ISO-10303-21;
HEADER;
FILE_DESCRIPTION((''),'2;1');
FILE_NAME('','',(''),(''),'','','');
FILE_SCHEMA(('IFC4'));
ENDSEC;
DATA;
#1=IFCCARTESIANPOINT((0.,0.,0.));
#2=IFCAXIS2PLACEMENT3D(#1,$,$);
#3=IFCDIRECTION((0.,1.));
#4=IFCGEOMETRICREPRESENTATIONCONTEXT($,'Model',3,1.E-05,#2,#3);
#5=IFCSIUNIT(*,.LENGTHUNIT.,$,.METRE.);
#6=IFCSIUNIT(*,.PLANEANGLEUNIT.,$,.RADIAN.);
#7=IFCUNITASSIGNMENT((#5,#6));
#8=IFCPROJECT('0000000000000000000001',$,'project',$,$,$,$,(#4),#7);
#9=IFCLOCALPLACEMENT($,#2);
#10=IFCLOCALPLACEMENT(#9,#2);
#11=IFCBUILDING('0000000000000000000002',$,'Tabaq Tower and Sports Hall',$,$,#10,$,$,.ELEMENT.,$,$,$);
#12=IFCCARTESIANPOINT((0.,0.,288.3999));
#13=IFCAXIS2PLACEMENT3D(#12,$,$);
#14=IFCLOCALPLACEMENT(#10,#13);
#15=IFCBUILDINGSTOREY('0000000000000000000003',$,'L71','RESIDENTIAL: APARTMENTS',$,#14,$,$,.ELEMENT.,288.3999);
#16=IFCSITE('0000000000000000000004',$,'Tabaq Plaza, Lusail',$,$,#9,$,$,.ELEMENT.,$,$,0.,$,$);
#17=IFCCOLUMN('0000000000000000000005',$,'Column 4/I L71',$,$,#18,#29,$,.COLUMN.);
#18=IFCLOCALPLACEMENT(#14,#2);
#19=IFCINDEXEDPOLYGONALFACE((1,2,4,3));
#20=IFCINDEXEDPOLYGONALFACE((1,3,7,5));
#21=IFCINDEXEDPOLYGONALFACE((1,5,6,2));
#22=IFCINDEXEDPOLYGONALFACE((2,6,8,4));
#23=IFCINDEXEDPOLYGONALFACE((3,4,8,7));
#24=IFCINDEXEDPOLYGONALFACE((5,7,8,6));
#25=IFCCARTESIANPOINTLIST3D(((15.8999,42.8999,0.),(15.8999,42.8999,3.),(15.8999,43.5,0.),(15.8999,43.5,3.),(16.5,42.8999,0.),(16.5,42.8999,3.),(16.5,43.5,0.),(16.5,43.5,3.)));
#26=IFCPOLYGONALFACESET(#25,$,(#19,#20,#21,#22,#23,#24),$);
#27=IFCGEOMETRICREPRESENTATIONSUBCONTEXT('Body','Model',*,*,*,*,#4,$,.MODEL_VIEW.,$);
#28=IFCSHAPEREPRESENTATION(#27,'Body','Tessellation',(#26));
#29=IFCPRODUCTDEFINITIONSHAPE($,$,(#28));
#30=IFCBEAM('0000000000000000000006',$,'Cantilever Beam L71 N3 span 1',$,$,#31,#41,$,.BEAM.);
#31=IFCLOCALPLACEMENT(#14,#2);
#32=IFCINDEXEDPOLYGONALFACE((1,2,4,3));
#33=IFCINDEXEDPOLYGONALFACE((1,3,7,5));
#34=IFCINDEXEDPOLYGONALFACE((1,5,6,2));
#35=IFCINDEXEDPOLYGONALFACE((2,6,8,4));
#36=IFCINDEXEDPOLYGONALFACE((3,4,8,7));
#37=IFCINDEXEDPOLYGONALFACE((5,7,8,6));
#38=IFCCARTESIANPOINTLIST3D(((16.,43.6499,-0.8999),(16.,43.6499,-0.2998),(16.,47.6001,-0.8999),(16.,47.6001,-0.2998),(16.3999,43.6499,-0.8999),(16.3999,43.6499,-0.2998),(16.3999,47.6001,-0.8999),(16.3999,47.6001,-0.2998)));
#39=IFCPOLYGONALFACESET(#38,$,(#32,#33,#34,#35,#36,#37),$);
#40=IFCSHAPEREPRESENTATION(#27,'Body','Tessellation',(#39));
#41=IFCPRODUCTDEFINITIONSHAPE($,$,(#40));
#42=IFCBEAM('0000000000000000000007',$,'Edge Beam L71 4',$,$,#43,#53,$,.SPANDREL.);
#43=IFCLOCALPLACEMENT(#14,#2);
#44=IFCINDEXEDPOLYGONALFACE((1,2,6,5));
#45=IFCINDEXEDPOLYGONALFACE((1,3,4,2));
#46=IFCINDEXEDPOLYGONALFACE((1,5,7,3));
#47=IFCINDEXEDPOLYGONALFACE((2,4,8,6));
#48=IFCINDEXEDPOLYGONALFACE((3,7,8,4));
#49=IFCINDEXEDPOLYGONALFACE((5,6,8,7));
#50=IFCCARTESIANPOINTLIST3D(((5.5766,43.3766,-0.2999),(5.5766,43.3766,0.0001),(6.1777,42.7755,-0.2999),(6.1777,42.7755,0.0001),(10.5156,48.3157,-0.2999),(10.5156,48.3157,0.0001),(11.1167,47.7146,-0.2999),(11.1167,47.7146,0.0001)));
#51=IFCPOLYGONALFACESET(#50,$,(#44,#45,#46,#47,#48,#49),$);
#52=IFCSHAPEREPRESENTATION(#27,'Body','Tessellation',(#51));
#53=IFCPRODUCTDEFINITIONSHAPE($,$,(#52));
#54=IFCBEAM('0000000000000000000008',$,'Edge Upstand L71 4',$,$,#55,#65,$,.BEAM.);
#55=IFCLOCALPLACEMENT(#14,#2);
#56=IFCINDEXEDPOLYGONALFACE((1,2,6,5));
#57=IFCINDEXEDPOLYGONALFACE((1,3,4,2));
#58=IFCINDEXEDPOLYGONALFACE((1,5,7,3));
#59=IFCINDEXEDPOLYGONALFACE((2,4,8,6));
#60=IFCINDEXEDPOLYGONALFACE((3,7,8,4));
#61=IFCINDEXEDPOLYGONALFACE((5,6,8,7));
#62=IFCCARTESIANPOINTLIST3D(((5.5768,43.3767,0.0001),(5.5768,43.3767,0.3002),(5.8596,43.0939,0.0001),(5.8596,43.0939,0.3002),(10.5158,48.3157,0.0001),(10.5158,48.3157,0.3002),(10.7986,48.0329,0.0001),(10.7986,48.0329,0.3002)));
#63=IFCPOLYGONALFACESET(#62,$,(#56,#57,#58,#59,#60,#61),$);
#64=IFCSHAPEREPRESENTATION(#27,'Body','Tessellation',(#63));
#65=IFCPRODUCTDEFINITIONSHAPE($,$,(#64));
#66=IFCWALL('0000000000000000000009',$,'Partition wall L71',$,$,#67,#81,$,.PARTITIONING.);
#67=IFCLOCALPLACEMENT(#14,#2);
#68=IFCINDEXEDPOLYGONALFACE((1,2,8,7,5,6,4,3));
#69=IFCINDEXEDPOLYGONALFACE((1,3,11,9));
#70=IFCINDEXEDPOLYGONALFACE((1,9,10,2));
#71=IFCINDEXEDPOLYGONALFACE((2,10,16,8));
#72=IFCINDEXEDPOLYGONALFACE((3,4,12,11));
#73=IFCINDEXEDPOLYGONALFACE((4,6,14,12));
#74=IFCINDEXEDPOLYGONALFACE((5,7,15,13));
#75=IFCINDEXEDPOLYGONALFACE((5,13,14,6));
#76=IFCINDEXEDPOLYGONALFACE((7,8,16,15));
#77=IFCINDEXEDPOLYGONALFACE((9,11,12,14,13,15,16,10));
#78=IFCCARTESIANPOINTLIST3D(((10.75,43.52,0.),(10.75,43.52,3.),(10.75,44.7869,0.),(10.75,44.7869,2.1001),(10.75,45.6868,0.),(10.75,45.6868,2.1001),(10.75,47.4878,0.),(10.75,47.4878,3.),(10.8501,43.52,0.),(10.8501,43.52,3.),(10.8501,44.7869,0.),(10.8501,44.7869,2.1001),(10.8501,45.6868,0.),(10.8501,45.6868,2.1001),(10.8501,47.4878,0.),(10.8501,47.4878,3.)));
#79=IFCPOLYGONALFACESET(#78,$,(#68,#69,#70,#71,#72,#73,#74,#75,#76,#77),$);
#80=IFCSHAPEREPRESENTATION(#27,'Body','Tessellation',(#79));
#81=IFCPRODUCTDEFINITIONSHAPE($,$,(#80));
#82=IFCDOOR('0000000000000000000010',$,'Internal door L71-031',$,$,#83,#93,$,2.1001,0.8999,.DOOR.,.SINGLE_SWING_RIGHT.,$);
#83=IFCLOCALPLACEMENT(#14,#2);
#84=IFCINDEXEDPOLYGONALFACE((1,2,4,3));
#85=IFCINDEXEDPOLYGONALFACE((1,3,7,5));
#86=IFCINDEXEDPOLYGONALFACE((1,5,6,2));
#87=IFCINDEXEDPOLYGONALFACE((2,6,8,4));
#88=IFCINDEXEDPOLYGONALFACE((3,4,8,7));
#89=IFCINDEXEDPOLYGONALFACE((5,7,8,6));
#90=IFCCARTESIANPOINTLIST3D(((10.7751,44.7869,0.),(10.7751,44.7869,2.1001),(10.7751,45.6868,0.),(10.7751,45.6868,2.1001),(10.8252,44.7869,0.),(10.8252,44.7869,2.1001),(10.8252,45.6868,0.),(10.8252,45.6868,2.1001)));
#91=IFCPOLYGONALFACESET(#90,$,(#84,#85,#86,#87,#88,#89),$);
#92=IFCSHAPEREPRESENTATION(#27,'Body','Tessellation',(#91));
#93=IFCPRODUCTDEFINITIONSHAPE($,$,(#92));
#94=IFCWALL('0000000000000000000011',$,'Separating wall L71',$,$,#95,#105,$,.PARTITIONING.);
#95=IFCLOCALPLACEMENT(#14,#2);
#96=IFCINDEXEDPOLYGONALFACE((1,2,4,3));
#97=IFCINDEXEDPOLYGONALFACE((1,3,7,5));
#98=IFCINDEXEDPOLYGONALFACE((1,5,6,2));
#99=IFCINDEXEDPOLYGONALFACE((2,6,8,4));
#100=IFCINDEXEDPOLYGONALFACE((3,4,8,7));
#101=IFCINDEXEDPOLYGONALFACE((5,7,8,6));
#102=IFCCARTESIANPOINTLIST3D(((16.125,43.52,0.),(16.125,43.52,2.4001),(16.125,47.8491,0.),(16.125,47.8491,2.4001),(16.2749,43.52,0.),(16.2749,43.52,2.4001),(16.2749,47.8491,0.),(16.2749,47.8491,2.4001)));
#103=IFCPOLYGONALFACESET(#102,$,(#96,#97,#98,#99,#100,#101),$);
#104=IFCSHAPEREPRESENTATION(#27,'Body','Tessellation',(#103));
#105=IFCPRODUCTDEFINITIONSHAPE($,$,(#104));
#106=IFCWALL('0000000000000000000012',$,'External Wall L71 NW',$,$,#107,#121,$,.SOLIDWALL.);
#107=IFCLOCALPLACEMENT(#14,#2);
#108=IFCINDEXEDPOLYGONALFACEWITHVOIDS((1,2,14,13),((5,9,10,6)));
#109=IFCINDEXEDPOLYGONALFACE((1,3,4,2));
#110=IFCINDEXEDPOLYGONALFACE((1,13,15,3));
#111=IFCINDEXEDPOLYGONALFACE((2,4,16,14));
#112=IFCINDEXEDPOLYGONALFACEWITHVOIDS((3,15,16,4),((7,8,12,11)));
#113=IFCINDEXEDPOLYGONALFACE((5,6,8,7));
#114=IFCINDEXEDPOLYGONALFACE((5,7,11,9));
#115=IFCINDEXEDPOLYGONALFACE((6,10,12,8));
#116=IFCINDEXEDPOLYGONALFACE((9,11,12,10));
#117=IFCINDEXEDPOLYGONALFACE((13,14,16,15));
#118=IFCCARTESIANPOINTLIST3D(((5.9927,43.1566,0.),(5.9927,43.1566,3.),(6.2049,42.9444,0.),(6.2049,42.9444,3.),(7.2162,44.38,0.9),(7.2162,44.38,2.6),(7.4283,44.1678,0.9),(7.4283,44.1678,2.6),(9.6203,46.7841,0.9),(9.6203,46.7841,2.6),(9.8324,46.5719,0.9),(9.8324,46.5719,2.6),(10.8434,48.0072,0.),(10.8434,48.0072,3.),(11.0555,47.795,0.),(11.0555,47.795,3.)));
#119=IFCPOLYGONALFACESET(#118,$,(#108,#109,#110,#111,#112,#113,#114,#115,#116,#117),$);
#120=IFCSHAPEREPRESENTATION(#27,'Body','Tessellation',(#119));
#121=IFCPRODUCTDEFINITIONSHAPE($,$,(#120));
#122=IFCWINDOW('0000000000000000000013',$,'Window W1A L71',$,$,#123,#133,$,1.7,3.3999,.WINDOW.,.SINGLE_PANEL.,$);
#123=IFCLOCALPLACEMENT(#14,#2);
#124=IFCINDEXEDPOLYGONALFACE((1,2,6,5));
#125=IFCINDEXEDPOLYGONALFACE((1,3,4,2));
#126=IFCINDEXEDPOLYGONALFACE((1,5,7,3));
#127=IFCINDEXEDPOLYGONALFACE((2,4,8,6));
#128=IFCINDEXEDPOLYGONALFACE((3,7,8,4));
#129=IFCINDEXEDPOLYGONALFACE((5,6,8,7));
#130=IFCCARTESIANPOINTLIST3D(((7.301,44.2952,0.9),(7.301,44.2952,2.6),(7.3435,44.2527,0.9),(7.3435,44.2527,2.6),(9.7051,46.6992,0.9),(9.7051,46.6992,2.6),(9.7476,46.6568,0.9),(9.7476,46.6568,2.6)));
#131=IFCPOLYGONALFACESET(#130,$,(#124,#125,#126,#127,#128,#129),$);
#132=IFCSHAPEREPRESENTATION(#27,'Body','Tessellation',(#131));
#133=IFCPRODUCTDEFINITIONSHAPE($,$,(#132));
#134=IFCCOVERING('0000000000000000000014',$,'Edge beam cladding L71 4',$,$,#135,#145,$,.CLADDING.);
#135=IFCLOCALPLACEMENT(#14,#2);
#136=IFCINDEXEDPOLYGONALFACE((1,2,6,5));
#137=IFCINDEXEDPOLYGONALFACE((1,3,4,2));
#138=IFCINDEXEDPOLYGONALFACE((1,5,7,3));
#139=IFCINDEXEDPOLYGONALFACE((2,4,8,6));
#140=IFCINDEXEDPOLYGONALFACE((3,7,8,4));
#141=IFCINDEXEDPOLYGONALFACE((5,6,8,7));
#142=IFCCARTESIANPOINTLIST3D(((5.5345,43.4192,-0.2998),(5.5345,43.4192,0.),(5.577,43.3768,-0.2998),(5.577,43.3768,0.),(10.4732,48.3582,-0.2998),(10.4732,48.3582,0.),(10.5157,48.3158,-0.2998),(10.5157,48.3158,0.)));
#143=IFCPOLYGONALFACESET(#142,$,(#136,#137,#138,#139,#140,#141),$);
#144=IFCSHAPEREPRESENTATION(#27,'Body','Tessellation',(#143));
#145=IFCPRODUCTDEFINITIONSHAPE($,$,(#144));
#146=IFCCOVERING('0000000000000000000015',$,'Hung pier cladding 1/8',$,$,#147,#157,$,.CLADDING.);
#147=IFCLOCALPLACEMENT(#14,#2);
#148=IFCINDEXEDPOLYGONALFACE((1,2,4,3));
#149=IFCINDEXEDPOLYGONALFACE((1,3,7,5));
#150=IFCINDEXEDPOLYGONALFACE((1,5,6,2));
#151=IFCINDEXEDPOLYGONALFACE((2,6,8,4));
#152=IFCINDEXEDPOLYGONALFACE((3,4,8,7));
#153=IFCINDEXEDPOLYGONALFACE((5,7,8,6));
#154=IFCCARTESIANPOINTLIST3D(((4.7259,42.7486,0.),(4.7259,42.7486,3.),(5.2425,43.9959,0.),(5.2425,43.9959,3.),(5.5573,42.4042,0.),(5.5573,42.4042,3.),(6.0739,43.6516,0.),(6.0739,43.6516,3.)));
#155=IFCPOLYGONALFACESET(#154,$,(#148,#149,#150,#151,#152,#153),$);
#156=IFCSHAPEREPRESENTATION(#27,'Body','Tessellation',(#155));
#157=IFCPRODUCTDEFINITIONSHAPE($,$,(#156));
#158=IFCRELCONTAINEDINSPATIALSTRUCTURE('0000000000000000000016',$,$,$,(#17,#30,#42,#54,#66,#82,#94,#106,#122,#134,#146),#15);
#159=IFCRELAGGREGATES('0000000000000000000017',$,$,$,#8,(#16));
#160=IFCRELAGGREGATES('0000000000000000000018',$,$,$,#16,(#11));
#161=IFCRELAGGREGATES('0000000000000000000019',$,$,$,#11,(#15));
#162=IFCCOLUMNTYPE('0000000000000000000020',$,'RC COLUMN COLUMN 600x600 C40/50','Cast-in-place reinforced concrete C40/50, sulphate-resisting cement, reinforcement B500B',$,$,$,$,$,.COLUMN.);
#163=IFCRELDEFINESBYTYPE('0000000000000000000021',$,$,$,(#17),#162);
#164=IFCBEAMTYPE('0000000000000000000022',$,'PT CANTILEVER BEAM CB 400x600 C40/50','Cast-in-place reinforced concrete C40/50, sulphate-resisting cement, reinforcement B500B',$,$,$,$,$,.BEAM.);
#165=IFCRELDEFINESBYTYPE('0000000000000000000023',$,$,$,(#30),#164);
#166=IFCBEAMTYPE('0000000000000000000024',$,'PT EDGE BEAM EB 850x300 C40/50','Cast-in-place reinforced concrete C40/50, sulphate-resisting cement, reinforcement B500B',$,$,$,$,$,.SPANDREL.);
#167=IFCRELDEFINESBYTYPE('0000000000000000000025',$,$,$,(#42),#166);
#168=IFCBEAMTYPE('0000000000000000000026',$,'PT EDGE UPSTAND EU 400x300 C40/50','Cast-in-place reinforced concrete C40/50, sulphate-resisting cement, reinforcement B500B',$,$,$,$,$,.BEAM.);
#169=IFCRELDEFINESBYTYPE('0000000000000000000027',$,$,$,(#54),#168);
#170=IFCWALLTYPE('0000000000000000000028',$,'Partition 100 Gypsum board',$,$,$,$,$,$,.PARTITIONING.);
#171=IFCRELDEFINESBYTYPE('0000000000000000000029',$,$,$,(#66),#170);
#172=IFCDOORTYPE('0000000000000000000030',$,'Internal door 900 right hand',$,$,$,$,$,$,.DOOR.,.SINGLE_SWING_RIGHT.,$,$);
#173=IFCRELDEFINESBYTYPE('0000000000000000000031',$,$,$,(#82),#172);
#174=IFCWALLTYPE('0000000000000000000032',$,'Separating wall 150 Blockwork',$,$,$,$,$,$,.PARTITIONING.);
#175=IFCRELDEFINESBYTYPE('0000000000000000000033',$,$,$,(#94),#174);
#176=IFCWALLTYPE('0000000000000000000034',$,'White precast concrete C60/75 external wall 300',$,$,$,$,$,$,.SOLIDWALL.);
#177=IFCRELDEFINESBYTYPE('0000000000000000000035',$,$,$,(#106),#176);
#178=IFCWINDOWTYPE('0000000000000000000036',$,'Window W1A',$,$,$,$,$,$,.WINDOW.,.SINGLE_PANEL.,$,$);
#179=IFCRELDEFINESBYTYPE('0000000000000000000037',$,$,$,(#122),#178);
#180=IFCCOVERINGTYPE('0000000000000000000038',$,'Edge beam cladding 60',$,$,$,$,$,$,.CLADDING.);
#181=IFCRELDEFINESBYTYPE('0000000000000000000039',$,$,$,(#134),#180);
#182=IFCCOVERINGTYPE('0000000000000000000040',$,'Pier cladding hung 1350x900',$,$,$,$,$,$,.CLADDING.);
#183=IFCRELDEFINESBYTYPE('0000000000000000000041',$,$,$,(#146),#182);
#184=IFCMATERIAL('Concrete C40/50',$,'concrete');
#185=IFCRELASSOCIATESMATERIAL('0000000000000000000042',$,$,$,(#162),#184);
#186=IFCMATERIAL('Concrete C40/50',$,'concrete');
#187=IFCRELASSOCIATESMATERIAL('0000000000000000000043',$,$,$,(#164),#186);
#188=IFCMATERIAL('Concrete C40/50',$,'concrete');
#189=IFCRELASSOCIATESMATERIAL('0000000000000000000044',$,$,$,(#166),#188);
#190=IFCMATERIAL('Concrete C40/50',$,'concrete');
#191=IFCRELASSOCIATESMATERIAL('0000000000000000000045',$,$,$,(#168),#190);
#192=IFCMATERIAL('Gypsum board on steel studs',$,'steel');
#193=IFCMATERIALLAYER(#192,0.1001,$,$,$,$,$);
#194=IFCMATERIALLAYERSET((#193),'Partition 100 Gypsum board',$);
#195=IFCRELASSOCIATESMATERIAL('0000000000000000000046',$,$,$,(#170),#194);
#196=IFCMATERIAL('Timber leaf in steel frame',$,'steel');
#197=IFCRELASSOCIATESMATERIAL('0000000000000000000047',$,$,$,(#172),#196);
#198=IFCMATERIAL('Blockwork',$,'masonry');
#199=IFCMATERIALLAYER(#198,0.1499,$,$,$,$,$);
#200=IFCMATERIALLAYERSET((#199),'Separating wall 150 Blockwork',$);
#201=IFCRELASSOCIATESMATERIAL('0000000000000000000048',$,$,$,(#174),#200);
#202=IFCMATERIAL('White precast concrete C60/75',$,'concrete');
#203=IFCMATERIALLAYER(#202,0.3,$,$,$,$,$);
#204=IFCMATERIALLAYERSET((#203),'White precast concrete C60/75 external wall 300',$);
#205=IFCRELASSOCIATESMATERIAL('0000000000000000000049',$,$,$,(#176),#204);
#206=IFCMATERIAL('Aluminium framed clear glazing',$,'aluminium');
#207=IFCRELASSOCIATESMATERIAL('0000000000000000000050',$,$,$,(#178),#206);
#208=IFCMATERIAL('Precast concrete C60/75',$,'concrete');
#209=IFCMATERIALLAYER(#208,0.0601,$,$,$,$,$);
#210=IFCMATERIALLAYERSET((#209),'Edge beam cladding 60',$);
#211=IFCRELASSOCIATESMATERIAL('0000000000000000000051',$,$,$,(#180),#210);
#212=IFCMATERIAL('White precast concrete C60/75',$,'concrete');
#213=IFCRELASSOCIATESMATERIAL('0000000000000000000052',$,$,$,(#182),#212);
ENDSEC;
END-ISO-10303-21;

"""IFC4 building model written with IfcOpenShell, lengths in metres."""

from ifc_helpers import new_model, si_unit, direction, frame, frame_2d, origin, origin_2d, place, context, subcontext, project, spatial, rectangle, extrude, material, layer, layer_set, material_profile, profile_set, type_object, element, fill, save


model = new_model("IFC4")

# Units and contexts
model_context = context("Model", 3, precision=1e-05, world=origin(), true_north=direction((0.0, 1.0)))
body_context = subcontext(model_context, "Body", "Model", "MODEL_VIEW")
ifc_project = project(units=[si_unit("LENGTHUNIT", "METRE"), si_unit("PLANEANGLEUNIT", "RADIAN")], contexts=[model_context])

# Site, building, storey
site_placement = place(None, origin())
site = spatial("IfcSite", under=ifc_project, at=site_placement, Name="Tabaq Plaza, Lusail", CompositionType="ELEMENT", RefElevation=0.0)
building_placement = place(site_placement, origin())
building = spatial("IfcBuilding", under=site, at=building_placement, Name="Tabaq Tower and Sports Hall", CompositionType="ELEMENT")
storey_placement = place(building_placement, frame((0.0, 0.0, 288.3999)))
storey = spatial("IfcBuildingStorey", under=building, at=storey_placement, Name="L71", Description="RESIDENTIAL: APARTMENTS", CompositionType="ELEMENT", Elevation=288.3999)

# Column
ifc_material_1 = material(Name="Concrete C40/50", Category="concrete")
ifc_material_profile_1 = material_profile(ifc_material_1, rectangle(XDim=0.6001, YDim=0.6001, at=origin_2d()), Name="COLUMN 600x600")
ifc_profile_set_1 = profile_set([ifc_material_profile_1], Name="Concrete C40/50")
column_type = type_object("IfcColumnType", Name="RC COLUMN COLUMN 600x600 C40/50", Description="Cast-in-place reinforced concrete C40/50, sulphate-resisting cement, reinforcement B500B", PredefinedType="COLUMN", material=ifc_profile_set_1)
column_placement = place(storey_placement, frame((16.2, 43.2, 0.0), z_axis=(0.0, 0.0, 1.0), x_axis=(1.0, 0.0, 0.0)))
element("IfcColumn", 1, at=column_placement, inside=storey, type_object=column_type, Name="Column 4/I L71", PredefinedType="COLUMN", context=body_context, shape_type="SweptSolid", body=[
    extrude(rectangle(XDim=0.6001, YDim=0.6001, at=origin_2d()), origin(), (0.0, 0.0, 1.0), 3.0),
])

# Beams
ifc_material_2 = material(Name="Concrete C40/50", Category="concrete")
ifc_material_profile_2 = material_profile(ifc_material_2, rectangle(XDim=0.3999, YDim=0.6001, at=origin_2d()), Name="CB 400x600")
ifc_profile_set_2 = profile_set([ifc_material_profile_2], Name="Concrete C40/50")
beam_type_1 = type_object("IfcBeamType", Name="PT CANTILEVER BEAM CB 400x600 C40/50", Description="Cast-in-place reinforced concrete C40/50, sulphate-resisting cement, reinforcement B500B", PredefinedType="BEAM", material=ifc_profile_set_2)
beam_1_placement = place(storey_placement, frame((16.2, 47.6001, -0.5999), z_axis=(0.0, -1.0, 0.0), x_axis=(1.0, 0.0, 0.0)))
element("IfcBeam", 2, at=beam_1_placement, inside=storey, type_object=beam_type_1, Name="Cantilever Beam L71 N3 span 1", PredefinedType="BEAM", context=body_context, shape_type="SweptSolid", body=[
    extrude(rectangle(XDim=0.3999, YDim=0.6001, at=origin_2d()), origin(), (0.0, 0.0, 1.0), 3.9502),
])
ifc_material_3 = material(Name="Concrete C40/50", Category="concrete")
ifc_material_profile_3 = material_profile(ifc_material_3, rectangle(XDim=0.8501, YDim=0.3, at=origin_2d()), Name="EB 850x300")
ifc_profile_set_3 = profile_set([ifc_material_profile_3], Name="Concrete C40/50")
beam_type_2 = type_object("IfcBeamType", Name="PT EDGE BEAM EB 850x300 C40/50", Description="Cast-in-place reinforced concrete C40/50, sulphate-resisting cement, reinforcement B500B", PredefinedType="SPANDREL", material=ifc_profile_set_3)
beam_2_placement = place(storey_placement, frame((10.8162, 48.0151, -0.1499), z_axis=(-0.707107, -0.707107, 0.0), x_axis=(0.707107, -0.707107, 0.0)))
element("IfcBeam", 3, at=beam_2_placement, inside=storey, type_object=beam_type_2, Name="Edge Beam L71 4", PredefinedType="SPANDREL", context=body_context, shape_type="SweptSolid", body=[
    extrude(rectangle(XDim=0.8501, YDim=0.3, at=origin_2d()), origin(), (0.0, 0.0, 1.0), 6.9849),
])
ifc_material_4 = material(Name="Concrete C40/50", Category="concrete")
ifc_material_profile_4 = material_profile(ifc_material_4, rectangle(XDim=0.3999, YDim=0.3, at=origin_2d()), Name="EU 400x300")
ifc_profile_set_4 = profile_set([ifc_material_profile_4], Name="Concrete C40/50")
beam_type_3 = type_object("IfcBeamType", Name="PT EDGE UPSTAND EU 400x300 C40/50", Description="Cast-in-place reinforced concrete C40/50, sulphate-resisting cement, reinforcement B500B", PredefinedType="BEAM", material=ifc_profile_set_4)
beam_3_placement = place(storey_placement, frame((10.6572, 48.1743, 0.1501), z_axis=(-0.707107, -0.707107, 0.0), x_axis=(0.707107, -0.707107, 0.0)))
element("IfcBeam", 4, at=beam_3_placement, inside=storey, type_object=beam_type_3, Name="Edge Upstand L71 4", PredefinedType="BEAM", context=body_context, shape_type="SweptSolid", body=[
    extrude(rectangle(XDim=0.3999, YDim=0.3, at=origin_2d()), origin(), (0.0, 0.0, 1.0), 6.9849),
])

# Wall, opening, door
ifc_material_5 = material(Name="Gypsum board on steel studs", Category="steel")
ifc_layer_1 = layer(ifc_material_5, 0.1001)
ifc_layer_set_1 = layer_set([ifc_layer_1], Name="Partition 100 Gypsum board")
wall_type_1 = type_object("IfcWallType", Name="Partition 100 Gypsum board", PredefinedType="PARTITIONING", material=ifc_layer_set_1)
wall_1_placement = place(storey_placement, frame((10.8, 43.52, 0.0), z_axis=(0.0, 0.0, 1.0), x_axis=(0.0, 1.0, 0.0)))
wall_1 = element("IfcWall", 5, at=wall_1_placement, inside=storey, type_object=wall_type_1, Name="Partition wall L71", PredefinedType="PARTITIONING", context=body_context, shape_type="SweptSolid", body=[
    extrude(rectangle(XDim=3.9678, YDim=0.1001, at=frame_2d((1.9839, 0.0))), origin(), (0.0, 0.0, 1.0), 3.0),
])
opening_1_placement = place(wall_1_placement, frame((1.2668, 0.0, 0.0)))
opening_1 = element("IfcOpeningElement", 6, at=opening_1_placement, cuts=wall_1, PredefinedType="OPENING", context=body_context, shape_type="SweptSolid", body=[
    extrude(rectangle(XDim=0.8999, YDim=2.1001, at=frame_2d((0.45, 1.05))), frame((0.0, 0.05, 0.0), z_axis=(0.0, -1.0, 0.0), x_axis=(1.0, 0.0, 0.0)), (0.0, 0.0, 1.0), 0.1001),
])
ifc_material_6 = material(Name="Timber leaf in steel frame", Category="steel")
door_type = type_object("IfcDoorType", Name="Internal door 900 right hand", OperationType="SINGLE_SWING_RIGHT", PredefinedType="DOOR", material=ifc_material_6)
door_placement = place(opening_1_placement, origin())
door = element("IfcDoor", 7, at=door_placement, inside=storey, type_object=door_type, Name="Internal door L71-031", OperationType="SINGLE_SWING_RIGHT", OverallHeight=2.1001, OverallWidth=0.8999, PredefinedType="DOOR", context=body_context, shape_type="SweptSolid", body=[
    extrude(rectangle(XDim=0.8999, YDim=2.1001, at=frame_2d((0.45, 1.05))), frame((0.0, 0.0249, 0.0), z_axis=(0.0, -1.0, 0.0), x_axis=(1.0, 0.0, 0.0)), (0.0, 0.0, 1.0), 0.05),
])
fill(opening_1, door)

# Wall
ifc_material_7 = material(Name="Blockwork", Category="masonry")
ifc_layer_2 = layer(ifc_material_7, 0.1499)
ifc_layer_set_2 = layer_set([ifc_layer_2], Name="Separating wall 150 Blockwork")
wall_type_2 = type_object("IfcWallType", Name="Separating wall 150 Blockwork", PredefinedType="PARTITIONING", material=ifc_layer_set_2)
wall_2_placement = place(storey_placement, frame((16.2, 43.52, 0.0), z_axis=(0.0, 0.0, 1.0), x_axis=(0.0, 1.0, 0.0)))
element("IfcWall", 8, at=wall_2_placement, inside=storey, type_object=wall_type_2, Name="Separating wall L71", PredefinedType="PARTITIONING", context=body_context, shape_type="SweptSolid", body=[
    extrude(rectangle(XDim=4.3291, YDim=0.1499, at=frame_2d((2.1646, 0.0))), origin(), (0.0, 0.0, 1.0), 2.4001),
])

# Wall, opening, window
ifc_material_8 = material(Name="White precast concrete C60/75", Category="concrete")
ifc_layer_3 = layer(ifc_material_8, 0.3)
ifc_layer_set_3 = layer_set([ifc_layer_3], Name="White precast concrete C60/75 external wall 300")
wall_type_3 = type_object("IfcWallType", Name="White precast concrete C60/75 external wall 300", PredefinedType="SOLIDWALL", material=ifc_layer_set_3)
wall_3_placement = place(storey_placement, frame((10.9495, 47.9011, 0.0), z_axis=(0.0, 0.0, 1.0), x_axis=(-0.707107, -0.707107, 0.0)))
wall_3 = element("IfcWall", 9, at=wall_3_placement, inside=storey, type_object=wall_type_3, Name="External Wall L71 NW", PredefinedType="SOLIDWALL", context=body_context, shape_type="SweptSolid", body=[
    extrude(rectangle(XDim=6.8599, YDim=0.3, at=frame_2d((3.4299, 0.0))), origin(), (0.0, 0.0, 1.0), 3.0),
])
opening_2_placement = place(wall_3_placement, frame((1.7297, 0.0, 0.8999)))
opening_2 = element("IfcOpeningElement", 10, at=opening_2_placement, cuts=wall_3, PredefinedType="OPENING", context=body_context, shape_type="SweptSolid", body=[
    extrude(rectangle(XDim=3.3999, YDim=1.7, at=frame_2d((1.7, 0.8501))), frame((0.0, 0.1602, 0.0), z_axis=(0.0, -1.0, 0.0), x_axis=(1.0, 0.0, 0.0)), (0.0, 0.0, 1.0), 0.3201),
])
ifc_material_9 = material(Name="Aluminium framed clear glazing", Category="aluminium")
window_type = type_object("IfcWindowType", Name="Window W1A", PartitioningType="SINGLE_PANEL", PredefinedType="WINDOW", material=ifc_material_9)
window_placement = place(opening_2_placement, origin())
window = element("IfcWindow", 11, at=window_placement, inside=storey, type_object=window_type, Name="Window W1A L71", OverallHeight=1.7, OverallWidth=3.3999, PartitioningType="SINGLE_PANEL", PredefinedType="WINDOW", context=body_context, shape_type="SweptSolid", body=[
    extrude(rectangle(XDim=3.3999, YDim=1.7, at=frame_2d((1.7, 0.8501))), frame((0.0, 0.03, 0.0), z_axis=(0.0, -1.0, 0.0), x_axis=(1.0, 0.0, 0.0)), (0.0, 0.0, 1.0), 0.0601),
])
fill(opening_2, window)

# Coverings
ifc_material_10 = material(Name="Precast concrete C60/75", Category="concrete")
ifc_layer_4 = layer(ifc_material_10, 0.0601)
ifc_layer_set_4 = layer_set([ifc_layer_4], Name="Edge beam cladding 60")
covering_type_1 = type_object("IfcCoveringType", Name="Edge beam cladding 60", PredefinedType="CLADDING", material=ifc_layer_set_4)
covering_1_placement = place(storey_placement, frame((10.4944, 48.3369, -0.2998), z_axis=(0.0, 0.0, 1.0), x_axis=(-0.707089, -0.707124, 0.0)))
element("IfcCovering", 12, at=covering_1_placement, inside=storey, type_object=covering_type_1, Name="Edge beam cladding L71 4", PredefinedType="CLADDING", context=body_context, shape_type="SweptSolid", body=[
    extrude(rectangle(XDim=6.9846, YDim=0.0601, at=frame_2d((3.4922, 0.0))), origin(), (0.0, 0.0, 1.0), 0.2998),
])
ifc_material_11 = material(Name="White precast concrete C60/75", Category="concrete")
covering_type_2 = type_object("IfcCoveringType", Name="Pier cladding hung 1350x900", PredefinedType="CLADDING", material=ifc_material_11)
for number, where, z_axis, x_axis, name in (
    (13, (5.6582, 43.8237, 0.0), (0.0, 0.0, 1.0), (-0.38265, -0.923893, 0.0), "Hung pier cladding 1/8"),
):
    element("IfcCovering", number, at=place(storey_placement, frame(where, z_axis=z_axis, x_axis=x_axis)), inside=storey, type_object=covering_type_2, Name=name, PredefinedType="CLADDING", context=body_context, shape_type="SweptSolid", body=[
        extrude(rectangle(XDim=1.3501, YDim=0.8999, at=frame_2d((0.675, 0.0))), origin(), (0.0, 0.0, 1.0), 3.0),
    ])

save(model, "model.ifc")
